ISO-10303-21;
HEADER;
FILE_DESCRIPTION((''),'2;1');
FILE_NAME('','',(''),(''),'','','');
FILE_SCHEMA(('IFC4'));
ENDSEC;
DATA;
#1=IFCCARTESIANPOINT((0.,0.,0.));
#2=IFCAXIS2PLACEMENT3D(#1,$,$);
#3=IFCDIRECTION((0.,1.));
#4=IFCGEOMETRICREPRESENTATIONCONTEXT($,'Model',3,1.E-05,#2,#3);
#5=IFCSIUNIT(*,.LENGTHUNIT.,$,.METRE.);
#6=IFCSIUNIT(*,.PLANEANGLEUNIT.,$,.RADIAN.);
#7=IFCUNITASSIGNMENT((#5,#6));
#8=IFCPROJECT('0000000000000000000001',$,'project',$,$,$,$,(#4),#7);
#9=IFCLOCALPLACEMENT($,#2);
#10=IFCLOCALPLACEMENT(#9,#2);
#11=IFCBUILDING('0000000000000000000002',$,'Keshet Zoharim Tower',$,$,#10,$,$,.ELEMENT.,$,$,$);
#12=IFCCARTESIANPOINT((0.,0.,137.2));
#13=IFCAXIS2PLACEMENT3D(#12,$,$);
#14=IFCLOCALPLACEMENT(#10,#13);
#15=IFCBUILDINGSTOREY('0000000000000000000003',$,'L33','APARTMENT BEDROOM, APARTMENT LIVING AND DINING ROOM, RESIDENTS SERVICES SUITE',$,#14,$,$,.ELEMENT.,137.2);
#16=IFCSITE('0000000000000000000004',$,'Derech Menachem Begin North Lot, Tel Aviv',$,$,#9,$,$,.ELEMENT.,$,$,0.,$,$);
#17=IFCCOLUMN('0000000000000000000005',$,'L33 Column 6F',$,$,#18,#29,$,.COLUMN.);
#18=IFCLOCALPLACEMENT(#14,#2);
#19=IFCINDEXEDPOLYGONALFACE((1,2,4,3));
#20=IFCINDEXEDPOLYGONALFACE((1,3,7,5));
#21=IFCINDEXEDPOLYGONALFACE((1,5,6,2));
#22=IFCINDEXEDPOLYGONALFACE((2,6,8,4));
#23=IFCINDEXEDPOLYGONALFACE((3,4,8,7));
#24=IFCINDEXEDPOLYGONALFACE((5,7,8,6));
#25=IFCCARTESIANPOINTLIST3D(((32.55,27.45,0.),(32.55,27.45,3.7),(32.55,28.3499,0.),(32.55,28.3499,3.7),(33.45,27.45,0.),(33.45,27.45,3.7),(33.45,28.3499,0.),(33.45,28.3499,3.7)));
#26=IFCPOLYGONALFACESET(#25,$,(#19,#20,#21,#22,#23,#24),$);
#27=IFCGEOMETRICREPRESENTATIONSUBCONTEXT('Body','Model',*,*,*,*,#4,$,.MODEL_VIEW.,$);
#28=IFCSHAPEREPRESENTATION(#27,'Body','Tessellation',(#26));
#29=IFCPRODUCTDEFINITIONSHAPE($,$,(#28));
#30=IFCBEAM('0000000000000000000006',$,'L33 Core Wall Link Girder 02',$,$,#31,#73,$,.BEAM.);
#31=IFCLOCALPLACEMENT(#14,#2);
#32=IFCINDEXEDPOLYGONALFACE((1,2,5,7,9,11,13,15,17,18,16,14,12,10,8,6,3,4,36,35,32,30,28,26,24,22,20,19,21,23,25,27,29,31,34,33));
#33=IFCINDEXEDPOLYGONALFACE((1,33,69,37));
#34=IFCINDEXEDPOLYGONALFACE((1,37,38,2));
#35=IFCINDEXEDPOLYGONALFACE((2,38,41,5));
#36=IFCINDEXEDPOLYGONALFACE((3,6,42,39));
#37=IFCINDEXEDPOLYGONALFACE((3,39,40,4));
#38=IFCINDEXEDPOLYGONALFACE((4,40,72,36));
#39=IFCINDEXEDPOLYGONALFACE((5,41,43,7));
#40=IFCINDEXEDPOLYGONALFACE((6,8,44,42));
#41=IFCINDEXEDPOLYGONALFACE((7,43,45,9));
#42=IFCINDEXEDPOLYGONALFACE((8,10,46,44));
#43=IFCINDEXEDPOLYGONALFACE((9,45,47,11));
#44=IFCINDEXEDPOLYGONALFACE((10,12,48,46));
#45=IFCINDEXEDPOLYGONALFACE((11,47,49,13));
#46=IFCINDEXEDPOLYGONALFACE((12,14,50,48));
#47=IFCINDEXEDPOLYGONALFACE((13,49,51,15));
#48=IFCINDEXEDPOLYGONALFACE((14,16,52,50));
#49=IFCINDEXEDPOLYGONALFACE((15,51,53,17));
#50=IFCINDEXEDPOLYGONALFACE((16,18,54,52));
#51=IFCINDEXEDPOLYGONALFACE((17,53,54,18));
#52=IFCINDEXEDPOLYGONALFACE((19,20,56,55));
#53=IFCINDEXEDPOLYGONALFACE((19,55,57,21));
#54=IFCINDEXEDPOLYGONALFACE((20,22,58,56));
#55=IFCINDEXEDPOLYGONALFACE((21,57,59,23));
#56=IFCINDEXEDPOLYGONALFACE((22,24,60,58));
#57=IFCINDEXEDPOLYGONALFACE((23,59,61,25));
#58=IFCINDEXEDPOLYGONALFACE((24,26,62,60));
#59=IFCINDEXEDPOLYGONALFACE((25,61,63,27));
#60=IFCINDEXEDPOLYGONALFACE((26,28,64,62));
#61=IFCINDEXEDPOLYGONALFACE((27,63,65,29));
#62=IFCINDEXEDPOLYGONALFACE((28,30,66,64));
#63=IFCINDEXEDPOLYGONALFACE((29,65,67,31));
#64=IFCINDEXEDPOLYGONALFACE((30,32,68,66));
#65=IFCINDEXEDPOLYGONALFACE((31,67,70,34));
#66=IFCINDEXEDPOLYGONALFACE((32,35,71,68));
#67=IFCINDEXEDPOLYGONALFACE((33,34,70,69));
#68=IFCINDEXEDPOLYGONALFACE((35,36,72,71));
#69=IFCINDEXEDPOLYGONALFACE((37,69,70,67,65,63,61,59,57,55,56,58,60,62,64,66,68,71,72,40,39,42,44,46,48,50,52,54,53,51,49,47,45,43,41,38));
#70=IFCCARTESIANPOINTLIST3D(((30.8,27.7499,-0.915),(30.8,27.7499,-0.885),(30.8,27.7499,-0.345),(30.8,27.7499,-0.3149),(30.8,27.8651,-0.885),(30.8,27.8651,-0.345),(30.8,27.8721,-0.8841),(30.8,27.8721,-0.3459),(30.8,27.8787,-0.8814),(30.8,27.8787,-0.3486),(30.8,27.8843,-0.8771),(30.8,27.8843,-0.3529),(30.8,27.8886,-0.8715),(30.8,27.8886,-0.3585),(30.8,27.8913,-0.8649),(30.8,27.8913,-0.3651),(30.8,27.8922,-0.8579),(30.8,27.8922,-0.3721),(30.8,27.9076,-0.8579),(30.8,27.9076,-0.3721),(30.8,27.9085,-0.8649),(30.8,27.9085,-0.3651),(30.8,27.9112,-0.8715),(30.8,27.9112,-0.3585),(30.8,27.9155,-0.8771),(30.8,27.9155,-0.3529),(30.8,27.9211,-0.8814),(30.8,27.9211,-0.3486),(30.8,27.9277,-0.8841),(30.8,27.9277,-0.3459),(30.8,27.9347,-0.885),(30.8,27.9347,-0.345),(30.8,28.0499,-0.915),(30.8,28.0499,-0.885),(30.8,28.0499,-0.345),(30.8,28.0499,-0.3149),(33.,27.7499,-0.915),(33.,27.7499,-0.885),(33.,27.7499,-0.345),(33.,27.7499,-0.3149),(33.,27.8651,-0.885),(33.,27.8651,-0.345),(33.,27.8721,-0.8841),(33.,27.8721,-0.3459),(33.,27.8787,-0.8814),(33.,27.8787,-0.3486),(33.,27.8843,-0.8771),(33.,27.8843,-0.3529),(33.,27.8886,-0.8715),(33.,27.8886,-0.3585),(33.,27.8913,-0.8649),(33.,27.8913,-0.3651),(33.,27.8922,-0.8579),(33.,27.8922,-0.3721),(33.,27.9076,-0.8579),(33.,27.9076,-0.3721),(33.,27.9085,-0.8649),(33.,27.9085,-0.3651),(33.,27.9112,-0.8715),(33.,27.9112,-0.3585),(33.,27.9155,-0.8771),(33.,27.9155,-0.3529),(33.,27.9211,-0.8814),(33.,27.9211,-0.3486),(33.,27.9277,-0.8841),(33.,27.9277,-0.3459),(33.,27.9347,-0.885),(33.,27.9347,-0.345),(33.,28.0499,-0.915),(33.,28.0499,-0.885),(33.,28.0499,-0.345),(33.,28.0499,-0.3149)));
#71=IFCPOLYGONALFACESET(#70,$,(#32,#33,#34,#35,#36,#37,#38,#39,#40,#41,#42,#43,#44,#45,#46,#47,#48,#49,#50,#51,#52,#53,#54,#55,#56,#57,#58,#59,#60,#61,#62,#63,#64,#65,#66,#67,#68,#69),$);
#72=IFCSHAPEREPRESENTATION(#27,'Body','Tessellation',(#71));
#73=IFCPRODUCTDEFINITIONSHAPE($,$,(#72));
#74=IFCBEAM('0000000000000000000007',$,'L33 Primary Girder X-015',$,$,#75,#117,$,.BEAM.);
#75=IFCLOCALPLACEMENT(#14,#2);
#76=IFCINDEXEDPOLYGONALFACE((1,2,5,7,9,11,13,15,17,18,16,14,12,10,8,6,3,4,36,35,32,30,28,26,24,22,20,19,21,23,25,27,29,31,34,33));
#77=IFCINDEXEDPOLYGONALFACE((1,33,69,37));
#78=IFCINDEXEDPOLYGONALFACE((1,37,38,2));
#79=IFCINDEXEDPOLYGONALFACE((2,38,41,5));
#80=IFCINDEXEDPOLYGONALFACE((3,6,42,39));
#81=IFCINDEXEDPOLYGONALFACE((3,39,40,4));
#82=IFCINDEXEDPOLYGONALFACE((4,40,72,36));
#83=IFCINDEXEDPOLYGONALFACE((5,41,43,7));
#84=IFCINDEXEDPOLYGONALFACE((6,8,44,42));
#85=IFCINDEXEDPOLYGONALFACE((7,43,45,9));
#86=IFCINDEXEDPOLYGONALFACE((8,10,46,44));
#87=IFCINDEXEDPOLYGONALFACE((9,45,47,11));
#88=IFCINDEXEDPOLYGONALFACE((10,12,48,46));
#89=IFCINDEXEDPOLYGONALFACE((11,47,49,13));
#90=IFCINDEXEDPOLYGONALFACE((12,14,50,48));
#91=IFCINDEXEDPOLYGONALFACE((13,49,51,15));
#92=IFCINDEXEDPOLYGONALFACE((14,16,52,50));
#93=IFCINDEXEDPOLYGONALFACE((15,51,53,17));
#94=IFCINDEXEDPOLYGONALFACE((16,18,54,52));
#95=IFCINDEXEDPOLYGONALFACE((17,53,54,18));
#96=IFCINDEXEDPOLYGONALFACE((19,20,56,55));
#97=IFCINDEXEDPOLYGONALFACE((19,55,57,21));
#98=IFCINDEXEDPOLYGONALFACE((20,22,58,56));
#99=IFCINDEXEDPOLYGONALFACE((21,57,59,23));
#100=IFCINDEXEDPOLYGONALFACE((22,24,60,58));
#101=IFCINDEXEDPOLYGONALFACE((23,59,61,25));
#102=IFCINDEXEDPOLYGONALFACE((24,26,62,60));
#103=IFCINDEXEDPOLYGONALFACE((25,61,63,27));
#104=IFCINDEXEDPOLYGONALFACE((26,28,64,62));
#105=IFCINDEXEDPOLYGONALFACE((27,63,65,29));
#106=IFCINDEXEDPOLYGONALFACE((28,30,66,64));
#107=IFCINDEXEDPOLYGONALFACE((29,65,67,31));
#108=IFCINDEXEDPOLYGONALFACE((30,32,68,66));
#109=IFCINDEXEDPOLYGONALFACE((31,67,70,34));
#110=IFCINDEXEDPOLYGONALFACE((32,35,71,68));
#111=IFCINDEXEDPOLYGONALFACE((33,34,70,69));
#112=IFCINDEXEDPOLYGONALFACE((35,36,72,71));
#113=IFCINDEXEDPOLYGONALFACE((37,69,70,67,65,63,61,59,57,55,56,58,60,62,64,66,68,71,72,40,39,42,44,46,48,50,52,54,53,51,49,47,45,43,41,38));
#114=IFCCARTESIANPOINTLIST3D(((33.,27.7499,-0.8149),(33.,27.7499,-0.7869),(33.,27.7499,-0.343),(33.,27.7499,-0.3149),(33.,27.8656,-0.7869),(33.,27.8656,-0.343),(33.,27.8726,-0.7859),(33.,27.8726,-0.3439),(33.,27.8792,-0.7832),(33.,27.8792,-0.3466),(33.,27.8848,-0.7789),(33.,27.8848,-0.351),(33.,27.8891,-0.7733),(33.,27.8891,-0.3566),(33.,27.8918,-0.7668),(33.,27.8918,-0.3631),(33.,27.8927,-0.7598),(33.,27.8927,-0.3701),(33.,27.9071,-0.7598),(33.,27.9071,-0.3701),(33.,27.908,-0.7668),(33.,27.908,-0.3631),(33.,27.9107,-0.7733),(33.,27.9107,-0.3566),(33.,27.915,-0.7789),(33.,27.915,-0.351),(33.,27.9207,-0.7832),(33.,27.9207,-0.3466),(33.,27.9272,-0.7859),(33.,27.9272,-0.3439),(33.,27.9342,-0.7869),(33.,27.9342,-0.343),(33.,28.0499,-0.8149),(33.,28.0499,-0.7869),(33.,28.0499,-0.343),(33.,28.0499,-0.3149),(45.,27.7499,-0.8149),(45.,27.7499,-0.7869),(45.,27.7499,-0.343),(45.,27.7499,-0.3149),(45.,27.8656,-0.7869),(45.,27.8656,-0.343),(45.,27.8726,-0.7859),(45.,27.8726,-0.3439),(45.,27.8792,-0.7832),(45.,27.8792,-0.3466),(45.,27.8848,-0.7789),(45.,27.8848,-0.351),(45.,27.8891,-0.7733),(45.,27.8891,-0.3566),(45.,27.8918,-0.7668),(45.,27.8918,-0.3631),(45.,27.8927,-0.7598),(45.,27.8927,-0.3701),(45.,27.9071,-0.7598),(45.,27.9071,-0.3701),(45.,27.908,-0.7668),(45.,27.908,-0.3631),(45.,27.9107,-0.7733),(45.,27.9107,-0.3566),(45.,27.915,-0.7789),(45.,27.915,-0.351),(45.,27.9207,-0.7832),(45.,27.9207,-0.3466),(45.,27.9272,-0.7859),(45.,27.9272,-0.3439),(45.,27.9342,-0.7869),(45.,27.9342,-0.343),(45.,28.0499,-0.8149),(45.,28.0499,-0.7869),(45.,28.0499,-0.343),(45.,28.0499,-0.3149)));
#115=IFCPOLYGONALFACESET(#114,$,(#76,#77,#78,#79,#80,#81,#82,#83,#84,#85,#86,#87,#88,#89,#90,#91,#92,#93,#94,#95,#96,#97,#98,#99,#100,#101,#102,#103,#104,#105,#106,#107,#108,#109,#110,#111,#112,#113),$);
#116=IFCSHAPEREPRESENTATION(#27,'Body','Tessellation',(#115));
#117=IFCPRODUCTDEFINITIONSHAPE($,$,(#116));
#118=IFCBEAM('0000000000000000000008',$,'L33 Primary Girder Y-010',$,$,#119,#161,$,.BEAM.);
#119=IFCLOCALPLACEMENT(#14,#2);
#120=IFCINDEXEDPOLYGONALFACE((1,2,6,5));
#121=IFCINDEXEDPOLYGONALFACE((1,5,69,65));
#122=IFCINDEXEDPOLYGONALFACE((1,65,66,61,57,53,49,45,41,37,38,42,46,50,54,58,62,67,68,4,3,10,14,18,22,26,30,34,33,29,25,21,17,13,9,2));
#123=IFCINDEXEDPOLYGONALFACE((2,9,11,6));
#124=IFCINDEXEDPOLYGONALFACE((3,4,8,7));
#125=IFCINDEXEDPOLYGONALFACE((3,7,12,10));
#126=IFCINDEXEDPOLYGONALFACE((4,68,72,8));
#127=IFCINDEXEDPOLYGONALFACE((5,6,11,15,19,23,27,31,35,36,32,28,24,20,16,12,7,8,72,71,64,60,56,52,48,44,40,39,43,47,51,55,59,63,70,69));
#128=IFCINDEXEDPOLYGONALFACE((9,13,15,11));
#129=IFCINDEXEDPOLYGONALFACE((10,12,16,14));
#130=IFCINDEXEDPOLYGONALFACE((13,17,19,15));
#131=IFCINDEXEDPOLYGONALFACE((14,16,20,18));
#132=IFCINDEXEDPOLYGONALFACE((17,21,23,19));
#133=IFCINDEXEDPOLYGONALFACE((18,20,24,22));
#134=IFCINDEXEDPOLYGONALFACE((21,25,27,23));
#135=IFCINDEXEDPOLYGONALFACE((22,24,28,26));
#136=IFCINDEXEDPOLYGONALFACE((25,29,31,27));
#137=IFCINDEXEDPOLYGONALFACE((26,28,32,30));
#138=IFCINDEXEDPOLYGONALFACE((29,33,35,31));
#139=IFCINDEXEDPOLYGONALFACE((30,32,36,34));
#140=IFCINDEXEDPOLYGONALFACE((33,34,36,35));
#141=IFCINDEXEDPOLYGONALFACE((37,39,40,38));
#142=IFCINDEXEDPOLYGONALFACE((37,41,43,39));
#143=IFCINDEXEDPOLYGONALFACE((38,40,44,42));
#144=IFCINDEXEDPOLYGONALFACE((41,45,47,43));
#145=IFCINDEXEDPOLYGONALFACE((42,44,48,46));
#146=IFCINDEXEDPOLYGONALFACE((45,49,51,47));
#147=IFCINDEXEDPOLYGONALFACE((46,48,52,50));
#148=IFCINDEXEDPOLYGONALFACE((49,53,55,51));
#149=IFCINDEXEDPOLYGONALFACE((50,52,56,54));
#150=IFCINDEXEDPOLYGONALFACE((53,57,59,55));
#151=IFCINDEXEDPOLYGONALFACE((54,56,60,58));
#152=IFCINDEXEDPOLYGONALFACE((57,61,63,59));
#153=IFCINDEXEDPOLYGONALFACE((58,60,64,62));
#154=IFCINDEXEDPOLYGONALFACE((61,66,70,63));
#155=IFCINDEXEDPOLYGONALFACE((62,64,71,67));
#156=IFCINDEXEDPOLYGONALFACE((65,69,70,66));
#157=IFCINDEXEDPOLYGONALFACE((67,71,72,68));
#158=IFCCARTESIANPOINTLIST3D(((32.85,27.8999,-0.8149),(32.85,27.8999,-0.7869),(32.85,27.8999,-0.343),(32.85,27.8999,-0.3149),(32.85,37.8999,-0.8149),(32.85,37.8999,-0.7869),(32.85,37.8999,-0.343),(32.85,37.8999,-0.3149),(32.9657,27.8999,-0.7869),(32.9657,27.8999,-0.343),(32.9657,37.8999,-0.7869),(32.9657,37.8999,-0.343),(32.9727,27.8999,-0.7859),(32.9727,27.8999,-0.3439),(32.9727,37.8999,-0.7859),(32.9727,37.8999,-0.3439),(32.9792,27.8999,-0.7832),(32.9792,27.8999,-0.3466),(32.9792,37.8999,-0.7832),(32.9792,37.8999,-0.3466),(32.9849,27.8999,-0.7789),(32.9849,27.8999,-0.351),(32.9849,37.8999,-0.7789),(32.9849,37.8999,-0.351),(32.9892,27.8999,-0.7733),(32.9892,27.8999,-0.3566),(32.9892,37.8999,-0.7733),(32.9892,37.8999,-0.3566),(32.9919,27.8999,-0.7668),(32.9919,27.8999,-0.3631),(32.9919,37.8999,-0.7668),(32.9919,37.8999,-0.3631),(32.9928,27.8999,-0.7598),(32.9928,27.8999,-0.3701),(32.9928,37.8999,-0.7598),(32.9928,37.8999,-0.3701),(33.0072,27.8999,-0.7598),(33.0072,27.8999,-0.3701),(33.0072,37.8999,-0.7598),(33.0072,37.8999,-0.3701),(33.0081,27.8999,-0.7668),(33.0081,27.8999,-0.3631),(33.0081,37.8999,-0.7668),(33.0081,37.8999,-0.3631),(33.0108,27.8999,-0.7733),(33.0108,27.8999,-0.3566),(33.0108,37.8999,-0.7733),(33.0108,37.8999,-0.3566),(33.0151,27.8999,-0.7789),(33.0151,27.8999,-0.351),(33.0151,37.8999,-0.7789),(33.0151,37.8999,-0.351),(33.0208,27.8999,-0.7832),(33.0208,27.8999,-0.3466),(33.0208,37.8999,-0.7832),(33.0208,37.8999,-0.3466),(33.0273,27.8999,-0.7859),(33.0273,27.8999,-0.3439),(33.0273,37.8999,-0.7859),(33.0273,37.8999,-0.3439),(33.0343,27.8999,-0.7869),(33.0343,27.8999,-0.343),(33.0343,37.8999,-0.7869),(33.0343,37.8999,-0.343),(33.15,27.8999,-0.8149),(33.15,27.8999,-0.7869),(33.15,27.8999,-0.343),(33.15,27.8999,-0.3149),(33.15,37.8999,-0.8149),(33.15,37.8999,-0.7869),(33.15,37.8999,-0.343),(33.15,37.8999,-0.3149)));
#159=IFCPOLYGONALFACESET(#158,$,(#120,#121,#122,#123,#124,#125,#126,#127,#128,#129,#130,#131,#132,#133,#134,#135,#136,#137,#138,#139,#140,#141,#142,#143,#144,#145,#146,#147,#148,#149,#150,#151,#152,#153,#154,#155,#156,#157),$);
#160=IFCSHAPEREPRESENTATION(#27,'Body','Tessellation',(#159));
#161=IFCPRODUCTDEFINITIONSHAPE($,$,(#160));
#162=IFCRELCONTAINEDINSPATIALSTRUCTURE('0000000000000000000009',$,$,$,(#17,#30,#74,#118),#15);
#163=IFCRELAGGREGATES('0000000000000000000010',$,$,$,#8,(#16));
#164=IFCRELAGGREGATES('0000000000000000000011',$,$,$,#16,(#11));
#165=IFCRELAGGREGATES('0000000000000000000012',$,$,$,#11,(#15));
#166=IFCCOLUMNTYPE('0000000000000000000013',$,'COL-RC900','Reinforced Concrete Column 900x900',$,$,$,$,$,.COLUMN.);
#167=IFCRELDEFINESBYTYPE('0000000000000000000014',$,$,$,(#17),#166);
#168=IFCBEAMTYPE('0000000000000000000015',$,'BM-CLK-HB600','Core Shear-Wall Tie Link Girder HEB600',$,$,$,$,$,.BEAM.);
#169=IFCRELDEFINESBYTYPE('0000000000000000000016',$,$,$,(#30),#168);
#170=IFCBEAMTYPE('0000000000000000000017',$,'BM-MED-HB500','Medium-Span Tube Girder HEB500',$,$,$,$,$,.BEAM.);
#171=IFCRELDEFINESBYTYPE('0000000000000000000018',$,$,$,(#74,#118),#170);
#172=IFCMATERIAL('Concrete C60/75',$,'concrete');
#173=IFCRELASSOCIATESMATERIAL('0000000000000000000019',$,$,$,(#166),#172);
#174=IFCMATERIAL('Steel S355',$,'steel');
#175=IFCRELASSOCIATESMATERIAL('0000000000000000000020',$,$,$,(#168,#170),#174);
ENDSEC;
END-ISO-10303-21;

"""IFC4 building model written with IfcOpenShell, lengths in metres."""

from ifc_helpers import new_model, si_unit, direction, frame, origin, origin_2d, place, context, subcontext, project, spatial, rectangle, i_section, extrude, material, material_profile, profile_set, type_object, element, save


model = new_model("IFC4")

# Units and contexts
model_context = context("Model", 3, precision=1e-05, world=origin(), true_north=direction((0.0, 1.0)))
body_context = subcontext(model_context, "Body", "Model", "MODEL_VIEW")
ifc_project = project(units=[si_unit("LENGTHUNIT", "METRE"), si_unit("PLANEANGLEUNIT", "RADIAN")], contexts=[model_context])

# Site, building, storey
site_placement = place(None, origin())
site = spatial("IfcSite", under=ifc_project, at=site_placement, Name="Derech Menachem Begin North Lot, Tel Aviv", CompositionType="ELEMENT", RefElevation=0.0)
building_placement = place(site_placement, origin())
building = spatial("IfcBuilding", under=site, at=building_placement, Name="Keshet Zoharim Tower", CompositionType="ELEMENT")
storey_placement = place(building_placement, frame((0.0, 0.0, 137.2)))
storey = spatial("IfcBuildingStorey", under=building, at=storey_placement, Name="L33", Description="APARTMENT BEDROOM, APARTMENT LIVING AND DINING ROOM, RESIDENTS SERVICES SUITE", CompositionType="ELEMENT", Elevation=137.2)

# Column
ifc_material_1 = material(Name="Concrete C60/75", Category="concrete")
ifc_material_profile_1 = material_profile(ifc_material_1, rectangle(XDim=0.8999, YDim=0.8999, at=origin_2d()), Name="RC900x900")
ifc_profile_set_1 = profile_set([ifc_material_profile_1], Name="Concrete C60/75")
column_type = type_object("IfcColumnType", Name="COL-RC900", Description="Reinforced Concrete Column 900x900", PredefinedType="COLUMN", material=ifc_profile_set_1)
column_placement = place(storey_placement, frame((33.0, 27.8999, 0.0), z_axis=(0.0, 0.0, 1.0), x_axis=(1.0, 0.0, 0.0)))
element("IfcColumn", 1, at=column_placement, inside=storey, type_object=column_type, Name="L33 Column 6F", PredefinedType="COLUMN", context=body_context, shape_type="SweptSolid", body=[
    extrude(rectangle(XDim=0.8999, YDim=0.8999, at=origin_2d()), origin(), (0.0, 0.0, 1.0), 3.7),
])

# Beams
ifc_material_2 = material(Name="Steel S355", Category="steel")
ifc_material_profile_2 = material_profile(ifc_material_2, i_section(OverallWidth=0.3, OverallDepth=0.6001, WebThickness=0.0154, FlangeThickness=0.03, FilletRadius=0.0271, at=origin_2d()), Name="HEB600")
ifc_profile_set_2 = profile_set([ifc_material_profile_2], Name="Steel S355")
beam_type_1 = type_object("IfcBeamType", Name="BM-CLK-HB600", Description="Core Shear-Wall Tie Link Girder HEB600", PredefinedType="BEAM", material=ifc_profile_set_2)
beam_1_placement = place(storey_placement, frame((30.8, 27.8999, -0.615), z_axis=(1.0, 0.0, 0.0), x_axis=(0.0, 1.0, 0.0)))
element("IfcBeam", 2, at=beam_1_placement, inside=storey, type_object=beam_type_1, Name="L33 Core Wall Link Girder 02", PredefinedType="BEAM", context=body_context, shape_type="SweptSolid", body=[
    extrude(i_section(OverallWidth=0.3, OverallDepth=0.6001, WebThickness=0.0154, FlangeThickness=0.03, FilletRadius=0.0271, at=origin_2d()), origin(), (0.0, 0.0, 1.0), 2.2),
])
ifc_material_profile_3 = material_profile(ifc_material_2, i_section(OverallWidth=0.3, OverallDepth=0.5, WebThickness=0.0144, FlangeThickness=0.0281, FilletRadius=0.0271, at=origin_2d()), Name="HEB500")
ifc_profile_set_3 = profile_set([ifc_material_profile_3], Name="Steel S355")
beam_type_2 = type_object("IfcBeamType", Name="BM-MED-HB500", Description="Medium-Span Tube Girder HEB500", PredefinedType="BEAM", material=ifc_profile_set_3)
beam_2_placement = place(storey_placement, frame((33.0, 27.8999, -0.5649), z_axis=(1.0, 0.0, 0.0), x_axis=(0.0, 1.0, 0.0)))
element("IfcBeam", 3, at=beam_2_placement, inside=storey, type_object=beam_type_2, Name="L33 Primary Girder X-015", PredefinedType="BEAM", context=body_context, shape_type="SweptSolid", body=[
    extrude(i_section(OverallWidth=0.3, OverallDepth=0.5, WebThickness=0.0144, FlangeThickness=0.0281, FilletRadius=0.0271, at=origin_2d()), origin(), (0.0, 0.0, 1.0), 12.0),
])
beam_3_placement = place(storey_placement, frame((33.0, 27.8999, -0.5649), z_axis=(0.0, 1.0, 0.0), x_axis=(-1.0, 0.0, 0.0)))
element("IfcBeam", 4, at=beam_3_placement, inside=storey, type_object=beam_type_2, Name="L33 Primary Girder Y-010", PredefinedType="BEAM", context=body_context, shape_type="SweptSolid", body=[
    extrude(i_section(OverallWidth=0.3, OverallDepth=0.5, WebThickness=0.0144, FlangeThickness=0.0281, FilletRadius=0.0271, at=origin_2d()), origin(), (0.0, 0.0, 1.0), 10.0),
])

save(model, "model.ifc")
